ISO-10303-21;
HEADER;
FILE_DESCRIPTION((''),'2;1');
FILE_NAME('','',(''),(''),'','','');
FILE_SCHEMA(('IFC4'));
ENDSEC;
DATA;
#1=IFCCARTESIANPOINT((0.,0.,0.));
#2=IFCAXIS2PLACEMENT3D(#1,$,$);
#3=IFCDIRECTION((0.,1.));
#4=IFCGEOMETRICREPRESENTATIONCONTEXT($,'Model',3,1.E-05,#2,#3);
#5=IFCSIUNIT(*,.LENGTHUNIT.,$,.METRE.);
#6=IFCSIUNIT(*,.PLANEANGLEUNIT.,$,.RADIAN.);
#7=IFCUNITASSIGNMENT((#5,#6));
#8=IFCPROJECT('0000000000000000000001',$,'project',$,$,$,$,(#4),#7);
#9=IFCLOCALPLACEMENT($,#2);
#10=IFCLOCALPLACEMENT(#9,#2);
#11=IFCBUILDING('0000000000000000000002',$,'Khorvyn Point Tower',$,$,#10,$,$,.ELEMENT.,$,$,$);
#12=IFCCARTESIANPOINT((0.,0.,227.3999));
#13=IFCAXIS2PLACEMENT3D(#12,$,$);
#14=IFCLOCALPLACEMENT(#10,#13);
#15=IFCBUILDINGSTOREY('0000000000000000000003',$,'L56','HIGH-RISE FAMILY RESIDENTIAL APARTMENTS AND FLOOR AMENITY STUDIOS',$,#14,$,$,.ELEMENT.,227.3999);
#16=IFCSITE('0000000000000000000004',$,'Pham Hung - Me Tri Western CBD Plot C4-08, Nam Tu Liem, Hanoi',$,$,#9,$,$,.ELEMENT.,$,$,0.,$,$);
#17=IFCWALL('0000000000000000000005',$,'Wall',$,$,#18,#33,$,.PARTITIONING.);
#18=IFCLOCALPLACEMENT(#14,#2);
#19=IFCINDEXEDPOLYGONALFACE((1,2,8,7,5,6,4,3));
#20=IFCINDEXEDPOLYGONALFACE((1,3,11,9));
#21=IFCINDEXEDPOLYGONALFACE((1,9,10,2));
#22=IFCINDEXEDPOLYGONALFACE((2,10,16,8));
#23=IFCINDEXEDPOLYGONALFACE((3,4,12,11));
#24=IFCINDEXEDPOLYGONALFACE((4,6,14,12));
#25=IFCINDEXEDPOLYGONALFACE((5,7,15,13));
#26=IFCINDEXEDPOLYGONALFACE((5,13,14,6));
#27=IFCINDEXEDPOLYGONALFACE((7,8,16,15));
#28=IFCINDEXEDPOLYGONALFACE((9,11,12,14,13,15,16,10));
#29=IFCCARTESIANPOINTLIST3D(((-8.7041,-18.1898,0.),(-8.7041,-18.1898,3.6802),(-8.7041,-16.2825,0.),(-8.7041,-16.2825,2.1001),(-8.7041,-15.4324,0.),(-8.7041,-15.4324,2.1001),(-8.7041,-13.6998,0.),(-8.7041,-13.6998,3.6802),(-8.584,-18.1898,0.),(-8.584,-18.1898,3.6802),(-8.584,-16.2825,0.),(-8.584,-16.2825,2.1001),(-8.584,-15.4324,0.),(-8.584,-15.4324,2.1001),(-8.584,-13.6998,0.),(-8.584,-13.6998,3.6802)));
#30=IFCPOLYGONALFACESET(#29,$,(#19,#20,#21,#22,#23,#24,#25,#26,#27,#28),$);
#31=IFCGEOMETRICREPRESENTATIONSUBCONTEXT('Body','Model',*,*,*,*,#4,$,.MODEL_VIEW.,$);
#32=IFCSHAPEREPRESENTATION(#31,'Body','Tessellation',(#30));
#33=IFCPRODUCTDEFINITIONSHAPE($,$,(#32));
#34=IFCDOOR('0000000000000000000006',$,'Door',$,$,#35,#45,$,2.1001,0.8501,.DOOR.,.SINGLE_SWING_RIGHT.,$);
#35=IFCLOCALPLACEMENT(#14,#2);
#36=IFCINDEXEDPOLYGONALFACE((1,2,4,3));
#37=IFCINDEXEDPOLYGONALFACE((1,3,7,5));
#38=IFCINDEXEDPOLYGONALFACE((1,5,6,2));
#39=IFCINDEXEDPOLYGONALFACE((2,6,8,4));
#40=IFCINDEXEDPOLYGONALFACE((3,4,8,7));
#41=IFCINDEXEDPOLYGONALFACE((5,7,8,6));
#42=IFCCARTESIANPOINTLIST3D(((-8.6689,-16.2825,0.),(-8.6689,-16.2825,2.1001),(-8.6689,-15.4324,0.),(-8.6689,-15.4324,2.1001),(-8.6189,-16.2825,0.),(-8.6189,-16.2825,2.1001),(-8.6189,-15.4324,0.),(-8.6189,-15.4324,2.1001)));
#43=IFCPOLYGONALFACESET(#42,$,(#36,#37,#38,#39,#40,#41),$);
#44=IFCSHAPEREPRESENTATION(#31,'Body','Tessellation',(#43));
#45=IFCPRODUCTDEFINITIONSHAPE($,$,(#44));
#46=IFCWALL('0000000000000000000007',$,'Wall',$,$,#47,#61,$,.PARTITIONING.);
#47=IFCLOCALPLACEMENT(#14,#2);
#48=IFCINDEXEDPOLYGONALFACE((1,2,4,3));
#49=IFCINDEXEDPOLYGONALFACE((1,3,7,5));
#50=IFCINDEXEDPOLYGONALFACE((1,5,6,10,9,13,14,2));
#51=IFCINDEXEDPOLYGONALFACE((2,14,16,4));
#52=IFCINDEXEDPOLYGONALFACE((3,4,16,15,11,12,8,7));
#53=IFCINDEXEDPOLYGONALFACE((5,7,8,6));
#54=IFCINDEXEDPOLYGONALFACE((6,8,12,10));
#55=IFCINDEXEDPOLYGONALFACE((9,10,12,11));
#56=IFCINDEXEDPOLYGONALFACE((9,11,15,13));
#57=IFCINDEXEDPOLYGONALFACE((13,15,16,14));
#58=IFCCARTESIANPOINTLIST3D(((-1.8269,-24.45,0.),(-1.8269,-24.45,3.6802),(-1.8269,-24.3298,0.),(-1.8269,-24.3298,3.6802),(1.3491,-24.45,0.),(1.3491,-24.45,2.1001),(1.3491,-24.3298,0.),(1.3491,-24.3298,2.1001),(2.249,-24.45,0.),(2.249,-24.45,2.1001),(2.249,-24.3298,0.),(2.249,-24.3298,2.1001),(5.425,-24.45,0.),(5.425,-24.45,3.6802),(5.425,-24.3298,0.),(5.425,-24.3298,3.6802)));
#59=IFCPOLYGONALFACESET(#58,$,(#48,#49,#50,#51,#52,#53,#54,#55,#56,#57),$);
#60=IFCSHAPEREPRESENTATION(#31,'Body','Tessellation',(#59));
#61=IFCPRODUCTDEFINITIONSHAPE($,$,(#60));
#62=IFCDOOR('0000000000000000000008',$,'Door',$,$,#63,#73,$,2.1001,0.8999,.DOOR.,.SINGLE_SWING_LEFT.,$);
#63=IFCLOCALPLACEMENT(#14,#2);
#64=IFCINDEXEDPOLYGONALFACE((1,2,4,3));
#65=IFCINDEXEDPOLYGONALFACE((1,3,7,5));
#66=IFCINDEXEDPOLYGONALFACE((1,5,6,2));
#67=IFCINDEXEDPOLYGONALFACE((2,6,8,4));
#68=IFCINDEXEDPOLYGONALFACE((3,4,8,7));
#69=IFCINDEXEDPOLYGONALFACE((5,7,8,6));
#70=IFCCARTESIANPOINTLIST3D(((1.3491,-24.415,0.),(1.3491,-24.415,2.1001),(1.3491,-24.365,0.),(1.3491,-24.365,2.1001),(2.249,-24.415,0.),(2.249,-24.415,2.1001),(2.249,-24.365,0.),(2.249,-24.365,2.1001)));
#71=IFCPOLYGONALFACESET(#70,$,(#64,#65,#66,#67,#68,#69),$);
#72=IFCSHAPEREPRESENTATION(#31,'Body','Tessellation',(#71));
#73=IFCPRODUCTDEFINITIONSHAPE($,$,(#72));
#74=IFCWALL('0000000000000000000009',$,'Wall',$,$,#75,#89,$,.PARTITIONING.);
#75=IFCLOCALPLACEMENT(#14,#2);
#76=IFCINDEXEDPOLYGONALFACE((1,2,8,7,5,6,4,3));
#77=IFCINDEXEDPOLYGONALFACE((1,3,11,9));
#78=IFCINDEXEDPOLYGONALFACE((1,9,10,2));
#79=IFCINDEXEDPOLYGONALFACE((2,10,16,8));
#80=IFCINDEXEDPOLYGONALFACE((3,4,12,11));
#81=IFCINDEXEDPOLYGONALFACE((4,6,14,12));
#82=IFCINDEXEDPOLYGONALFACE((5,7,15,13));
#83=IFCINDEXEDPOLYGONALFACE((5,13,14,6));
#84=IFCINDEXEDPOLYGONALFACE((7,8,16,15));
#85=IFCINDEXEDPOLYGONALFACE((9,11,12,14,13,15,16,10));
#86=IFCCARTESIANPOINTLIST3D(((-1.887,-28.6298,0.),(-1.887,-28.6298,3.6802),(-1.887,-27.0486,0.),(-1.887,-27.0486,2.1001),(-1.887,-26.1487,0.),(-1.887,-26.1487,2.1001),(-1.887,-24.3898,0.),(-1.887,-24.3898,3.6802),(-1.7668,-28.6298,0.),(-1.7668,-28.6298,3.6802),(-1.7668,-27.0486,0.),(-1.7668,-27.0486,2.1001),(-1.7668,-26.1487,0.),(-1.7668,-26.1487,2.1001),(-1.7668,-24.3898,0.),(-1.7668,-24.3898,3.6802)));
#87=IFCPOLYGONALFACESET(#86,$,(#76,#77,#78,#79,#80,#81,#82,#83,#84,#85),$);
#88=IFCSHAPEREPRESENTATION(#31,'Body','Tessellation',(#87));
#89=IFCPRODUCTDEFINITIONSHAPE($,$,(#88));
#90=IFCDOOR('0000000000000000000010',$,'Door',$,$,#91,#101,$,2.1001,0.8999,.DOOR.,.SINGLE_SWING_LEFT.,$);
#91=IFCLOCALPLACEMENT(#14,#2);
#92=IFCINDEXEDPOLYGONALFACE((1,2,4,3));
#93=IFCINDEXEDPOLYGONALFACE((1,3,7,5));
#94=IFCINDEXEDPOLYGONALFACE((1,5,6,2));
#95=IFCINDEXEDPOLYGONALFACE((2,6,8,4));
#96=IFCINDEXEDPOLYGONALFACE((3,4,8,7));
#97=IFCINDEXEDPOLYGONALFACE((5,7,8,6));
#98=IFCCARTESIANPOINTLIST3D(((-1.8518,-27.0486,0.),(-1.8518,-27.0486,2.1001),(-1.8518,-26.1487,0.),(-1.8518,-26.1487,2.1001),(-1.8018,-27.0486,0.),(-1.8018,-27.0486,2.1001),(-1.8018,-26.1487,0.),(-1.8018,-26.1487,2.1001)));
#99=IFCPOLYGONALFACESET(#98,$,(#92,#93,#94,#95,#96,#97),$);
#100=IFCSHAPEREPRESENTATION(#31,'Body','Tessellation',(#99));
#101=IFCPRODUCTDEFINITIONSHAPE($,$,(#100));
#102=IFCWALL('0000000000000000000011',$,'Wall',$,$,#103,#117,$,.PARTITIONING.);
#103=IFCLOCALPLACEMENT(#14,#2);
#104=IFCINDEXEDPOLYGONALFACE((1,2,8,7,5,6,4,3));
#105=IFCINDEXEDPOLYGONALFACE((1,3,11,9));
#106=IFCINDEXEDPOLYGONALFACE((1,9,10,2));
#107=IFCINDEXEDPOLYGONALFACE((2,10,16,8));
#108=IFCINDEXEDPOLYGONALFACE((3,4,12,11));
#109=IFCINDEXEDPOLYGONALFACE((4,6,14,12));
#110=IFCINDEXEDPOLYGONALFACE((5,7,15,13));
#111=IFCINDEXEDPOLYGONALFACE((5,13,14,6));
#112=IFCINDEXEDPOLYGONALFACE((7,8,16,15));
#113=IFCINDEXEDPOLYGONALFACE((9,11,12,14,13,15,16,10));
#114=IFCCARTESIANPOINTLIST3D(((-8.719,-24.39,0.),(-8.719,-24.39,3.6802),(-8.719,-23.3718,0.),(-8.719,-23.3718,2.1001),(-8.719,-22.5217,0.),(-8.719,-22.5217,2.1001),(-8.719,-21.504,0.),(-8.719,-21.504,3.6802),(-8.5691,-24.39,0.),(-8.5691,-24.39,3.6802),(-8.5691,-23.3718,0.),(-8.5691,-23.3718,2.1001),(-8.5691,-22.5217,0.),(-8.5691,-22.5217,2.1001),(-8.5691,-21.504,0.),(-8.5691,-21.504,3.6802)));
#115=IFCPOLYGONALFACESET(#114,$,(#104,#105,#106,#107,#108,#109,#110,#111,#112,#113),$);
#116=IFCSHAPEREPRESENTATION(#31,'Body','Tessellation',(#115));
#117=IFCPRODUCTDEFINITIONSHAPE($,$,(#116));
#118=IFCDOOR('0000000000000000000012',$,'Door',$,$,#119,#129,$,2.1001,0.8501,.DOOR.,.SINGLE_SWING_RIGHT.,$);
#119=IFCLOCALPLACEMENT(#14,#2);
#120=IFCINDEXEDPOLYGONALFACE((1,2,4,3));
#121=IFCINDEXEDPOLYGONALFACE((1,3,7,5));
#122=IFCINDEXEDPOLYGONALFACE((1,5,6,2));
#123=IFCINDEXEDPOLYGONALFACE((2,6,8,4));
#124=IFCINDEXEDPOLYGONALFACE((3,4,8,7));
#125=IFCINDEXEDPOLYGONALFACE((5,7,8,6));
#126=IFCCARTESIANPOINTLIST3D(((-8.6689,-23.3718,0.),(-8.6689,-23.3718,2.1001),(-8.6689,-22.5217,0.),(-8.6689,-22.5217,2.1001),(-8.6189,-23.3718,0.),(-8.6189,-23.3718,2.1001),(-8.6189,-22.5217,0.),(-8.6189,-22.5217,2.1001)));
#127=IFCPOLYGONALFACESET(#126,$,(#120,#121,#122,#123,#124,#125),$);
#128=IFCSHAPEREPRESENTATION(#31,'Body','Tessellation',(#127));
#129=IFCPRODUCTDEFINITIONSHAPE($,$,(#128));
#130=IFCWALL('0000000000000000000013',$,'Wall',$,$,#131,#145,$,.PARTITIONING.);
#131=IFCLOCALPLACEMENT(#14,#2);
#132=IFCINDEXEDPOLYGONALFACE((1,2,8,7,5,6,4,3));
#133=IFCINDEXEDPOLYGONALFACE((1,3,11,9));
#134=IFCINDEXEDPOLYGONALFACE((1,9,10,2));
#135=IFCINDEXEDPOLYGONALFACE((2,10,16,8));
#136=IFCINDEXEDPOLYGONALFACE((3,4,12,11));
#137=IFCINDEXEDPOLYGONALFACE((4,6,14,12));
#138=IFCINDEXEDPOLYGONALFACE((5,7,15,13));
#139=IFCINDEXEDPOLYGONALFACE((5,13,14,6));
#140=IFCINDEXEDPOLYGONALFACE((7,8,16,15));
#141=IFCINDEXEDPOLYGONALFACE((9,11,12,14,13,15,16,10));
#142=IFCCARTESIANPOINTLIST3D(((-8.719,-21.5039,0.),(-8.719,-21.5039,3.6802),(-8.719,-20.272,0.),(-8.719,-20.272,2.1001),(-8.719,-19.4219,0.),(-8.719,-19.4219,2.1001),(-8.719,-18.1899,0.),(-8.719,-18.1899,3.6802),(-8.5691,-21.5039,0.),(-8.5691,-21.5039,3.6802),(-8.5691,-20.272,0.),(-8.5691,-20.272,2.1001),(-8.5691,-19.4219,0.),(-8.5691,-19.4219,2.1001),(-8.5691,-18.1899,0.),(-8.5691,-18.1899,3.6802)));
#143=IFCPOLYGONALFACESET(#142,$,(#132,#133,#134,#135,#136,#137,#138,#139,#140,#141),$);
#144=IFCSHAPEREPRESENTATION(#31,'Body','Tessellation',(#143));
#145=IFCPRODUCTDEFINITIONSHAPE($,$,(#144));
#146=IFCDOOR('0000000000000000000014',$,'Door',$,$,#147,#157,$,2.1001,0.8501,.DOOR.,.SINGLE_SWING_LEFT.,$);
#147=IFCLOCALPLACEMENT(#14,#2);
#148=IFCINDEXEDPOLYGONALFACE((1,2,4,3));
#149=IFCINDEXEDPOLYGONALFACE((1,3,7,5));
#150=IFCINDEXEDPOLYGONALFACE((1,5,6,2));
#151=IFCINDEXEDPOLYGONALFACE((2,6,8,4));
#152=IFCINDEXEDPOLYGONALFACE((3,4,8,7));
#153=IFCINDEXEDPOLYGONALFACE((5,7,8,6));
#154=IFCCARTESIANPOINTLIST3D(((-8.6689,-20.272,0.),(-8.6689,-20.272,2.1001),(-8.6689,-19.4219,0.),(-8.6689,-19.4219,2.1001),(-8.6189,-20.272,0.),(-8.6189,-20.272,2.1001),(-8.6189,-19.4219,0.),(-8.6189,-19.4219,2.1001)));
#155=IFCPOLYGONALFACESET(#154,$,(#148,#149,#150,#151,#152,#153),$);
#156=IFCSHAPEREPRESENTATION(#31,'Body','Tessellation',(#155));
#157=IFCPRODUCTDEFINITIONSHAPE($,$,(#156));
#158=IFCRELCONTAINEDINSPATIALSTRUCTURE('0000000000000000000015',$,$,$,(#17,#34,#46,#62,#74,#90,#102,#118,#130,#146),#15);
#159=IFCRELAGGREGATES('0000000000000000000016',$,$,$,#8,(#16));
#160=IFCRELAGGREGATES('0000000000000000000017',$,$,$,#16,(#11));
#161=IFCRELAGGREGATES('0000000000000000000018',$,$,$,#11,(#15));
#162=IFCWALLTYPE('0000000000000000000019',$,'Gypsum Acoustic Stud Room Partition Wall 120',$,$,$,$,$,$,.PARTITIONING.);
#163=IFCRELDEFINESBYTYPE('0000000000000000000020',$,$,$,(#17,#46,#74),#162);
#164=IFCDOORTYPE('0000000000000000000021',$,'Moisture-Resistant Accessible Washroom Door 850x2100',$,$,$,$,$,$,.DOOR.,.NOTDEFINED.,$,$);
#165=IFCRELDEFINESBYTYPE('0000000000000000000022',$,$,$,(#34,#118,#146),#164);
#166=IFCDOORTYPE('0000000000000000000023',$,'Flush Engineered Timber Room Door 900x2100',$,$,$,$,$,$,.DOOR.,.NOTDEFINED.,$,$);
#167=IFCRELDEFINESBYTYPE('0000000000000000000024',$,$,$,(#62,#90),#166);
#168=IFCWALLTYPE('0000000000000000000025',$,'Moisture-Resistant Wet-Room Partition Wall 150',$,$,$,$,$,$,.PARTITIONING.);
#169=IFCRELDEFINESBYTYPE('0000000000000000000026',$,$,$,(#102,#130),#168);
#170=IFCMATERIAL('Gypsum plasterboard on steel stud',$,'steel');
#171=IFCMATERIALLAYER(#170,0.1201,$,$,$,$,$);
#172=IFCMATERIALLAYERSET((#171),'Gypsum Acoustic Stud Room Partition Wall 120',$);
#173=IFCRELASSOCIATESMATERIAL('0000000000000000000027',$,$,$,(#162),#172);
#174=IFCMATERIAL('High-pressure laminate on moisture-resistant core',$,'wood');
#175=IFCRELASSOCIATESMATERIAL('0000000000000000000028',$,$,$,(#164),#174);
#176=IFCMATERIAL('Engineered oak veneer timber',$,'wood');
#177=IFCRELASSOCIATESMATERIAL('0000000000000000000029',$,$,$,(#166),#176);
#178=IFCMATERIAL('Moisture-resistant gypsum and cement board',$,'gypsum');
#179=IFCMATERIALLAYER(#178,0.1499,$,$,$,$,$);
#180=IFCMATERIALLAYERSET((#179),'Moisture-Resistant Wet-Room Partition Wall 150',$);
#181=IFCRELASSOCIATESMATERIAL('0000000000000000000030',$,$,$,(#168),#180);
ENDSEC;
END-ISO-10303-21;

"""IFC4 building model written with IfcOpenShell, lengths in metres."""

from ifc_helpers import new_model, si_unit, direction, frame, frame_2d, origin, place, context, subcontext, project, spatial, rectangle, extrude, material, layer, layer_set, type_object, element, fill, save


model = new_model("IFC4")

# Units and contexts
model_context = context("Model", 3, precision=1e-05, world=origin(), true_north=direction((0.0, 1.0)))
body_context = subcontext(model_context, "Body", "Model", "MODEL_VIEW")
ifc_project = project(units=[si_unit("LENGTHUNIT", "METRE"), si_unit("PLANEANGLEUNIT", "RADIAN")], contexts=[model_context])

# Site, building, storey
site_placement = place(None, origin())
site = spatial("IfcSite", under=ifc_project, at=site_placement, Name="Pham Hung - Me Tri Western CBD Plot C4-08, Nam Tu Liem, Hanoi", CompositionType="ELEMENT", RefElevation=0.0)
building_placement = place(site_placement, origin())
building = spatial("IfcBuilding", under=site, at=building_placement, Name="Khorvyn Point Tower", CompositionType="ELEMENT")
storey_placement = place(building_placement, frame((0.0, 0.0, 227.3999)))
storey = spatial("IfcBuildingStorey", under=building, at=storey_placement, Name="L56", Description="HIGH-RISE FAMILY RESIDENTIAL APARTMENTS AND FLOOR AMENITY STUDIOS", CompositionType="ELEMENT", Elevation=227.3999)

# Walls, openings, doors
ifc_material_1 = material(Name="Gypsum plasterboard on steel stud", Category="steel")
ifc_layer_1 = layer(ifc_material_1, 0.1201)
ifc_layer_set_1 = layer_set([ifc_layer_1], Name="Gypsum Acoustic Stud Room Partition Wall 120")
wall_type_1 = type_object("IfcWallType", Name="Gypsum Acoustic Stud Room Partition Wall 120", PredefinedType="PARTITIONING", material=ifc_layer_set_1)
wall_1_placement = place(storey_placement, frame((-8.644, -18.1899, 0.0), z_axis=(0.0, 0.0, 1.0), x_axis=(0.0, 1.0, 0.0)))
wall_1 = element("IfcWall", 1, at=wall_1_placement, inside=storey, type_object=wall_type_1, Name="Wall", PredefinedType="PARTITIONING", context=body_context, shape_type="SweptSolid", body=[
    extrude(rectangle(XDim=4.49, YDim=0.1201, at=frame_2d((2.2451, 0.0))), origin(), (0.0, 0.0, 1.0), 3.6802),
])
opening_1_placement = place(wall_1_placement, frame((1.9075, 0.0, 0.0)))
opening_1 = element("IfcOpeningElement", 2, at=opening_1_placement, cuts=wall_1, PredefinedType="OPENING", context=body_context, shape_type="SweptSolid", body=[
    extrude(rectangle(XDim=0.8501, YDim=2.1001, at=frame_2d((0.425, 1.05))), frame((0.0, 0.0701, 0.0), z_axis=(0.0, -1.0, 0.0), x_axis=(1.0, 0.0, 0.0)), (0.0, 0.0, 1.0), 0.1401),
])
ifc_material_2 = material(Name="High-pressure laminate on moisture-resistant core", Category="wood")
door_type_1 = type_object("IfcDoorType", Name="Moisture-Resistant Accessible Washroom Door 850x2100", OperationType="NOTDEFINED", PredefinedType="DOOR", material=ifc_material_2)
door_1_placement = place(opening_1_placement, origin())
door_1 = element("IfcDoor", 3, at=door_1_placement, inside=storey, type_object=door_type_1, Name="Door", OperationType="SINGLE_SWING_RIGHT", OverallHeight=2.1001, OverallWidth=0.8501, PredefinedType="DOOR", context=body_context, shape_type="SweptSolid", body=[
    extrude(rectangle(XDim=0.8501, YDim=2.1001, at=frame_2d((0.425, 1.05))), frame((0.0, 0.0249, 0.0), z_axis=(0.0, -1.0, 0.0), x_axis=(1.0, 0.0, 0.0)), (0.0, 0.0, 1.0), 0.05),
])
fill(opening_1, door_1)
wall_2_placement = place(storey_placement, frame((-1.8269, -24.3899, 0.0), z_axis=(0.0, 0.0, 1.0), x_axis=(1.0, 0.0, 0.0)))
wall_2 = element("IfcWall", 4, at=wall_2_placement, inside=storey, type_object=wall_type_1, Name="Wall", PredefinedType="PARTITIONING", context=body_context, shape_type="SweptSolid", body=[
    extrude(rectangle(XDim=7.252, YDim=0.1201, at=frame_2d((3.626, 0.0))), origin(), (0.0, 0.0, 1.0), 3.6802),
])
opening_2_placement = place(wall_2_placement, frame((3.176, 0.0, 0.0)))
opening_2 = element("IfcOpeningElement", 5, at=opening_2_placement, cuts=wall_2, PredefinedType="OPENING", context=body_context, shape_type="SweptSolid", body=[
    extrude(rectangle(XDim=0.8999, YDim=2.1001, at=frame_2d((0.45, 1.05))), frame((0.0, 0.0701, 0.0), z_axis=(0.0, -1.0, 0.0), x_axis=(1.0, 0.0, 0.0)), (0.0, 0.0, 1.0), 0.1401),
])
ifc_material_3 = material(Name="Engineered oak veneer timber", Category="wood")
door_type_2 = type_object("IfcDoorType", Name="Flush Engineered Timber Room Door 900x2100", OperationType="NOTDEFINED", PredefinedType="DOOR", material=ifc_material_3)
door_2_placement = place(opening_2_placement, origin())
door_2 = element("IfcDoor", 6, at=door_2_placement, inside=storey, type_object=door_type_2, Name="Door", OperationType="SINGLE_SWING_LEFT", OverallHeight=2.1001, OverallWidth=0.8999, PredefinedType="DOOR", context=body_context, shape_type="SweptSolid", body=[
    extrude(rectangle(XDim=0.8999, YDim=2.1001, at=frame_2d((0.45, 1.05))), frame((0.0, 0.0249, 0.0), z_axis=(0.0, -1.0, 0.0), x_axis=(1.0, 0.0, 0.0)), (0.0, 0.0, 1.0), 0.05),
])
fill(opening_2, door_2)
wall_3_placement = place(storey_placement, frame((-1.8269, -28.6299, 0.0), z_axis=(0.0, 0.0, 1.0), x_axis=(0.0, 1.0, 0.0)))
wall_3 = element("IfcWall", 7, at=wall_3_placement, inside=storey, type_object=wall_type_1, Name="Wall", PredefinedType="PARTITIONING", context=body_context, shape_type="SweptSolid", body=[
    extrude(rectangle(XDim=4.24, YDim=0.1201, at=frame_2d((2.1201, 0.0))), origin(), (0.0, 0.0, 1.0), 3.6802),
])
opening_3_placement = place(wall_3_placement, frame((1.5813, 0.0, 0.0)))
opening_3 = element("IfcOpeningElement", 8, at=opening_3_placement, cuts=wall_3, PredefinedType="OPENING", context=body_context, shape_type="SweptSolid", body=[
    extrude(rectangle(XDim=0.8999, YDim=2.1001, at=frame_2d((0.45, 1.05))), frame((0.0, 0.0701, 0.0), z_axis=(0.0, -1.0, 0.0), x_axis=(1.0, 0.0, 0.0)), (0.0, 0.0, 1.0), 0.1401),
])
door_3_placement = place(opening_3_placement, origin())
door_3 = element("IfcDoor", 9, at=door_3_placement, inside=storey, type_object=door_type_2, Name="Door", OperationType="SINGLE_SWING_LEFT", OverallHeight=2.1001, OverallWidth=0.8999, PredefinedType="DOOR", context=body_context, shape_type="SweptSolid", body=[
    extrude(rectangle(XDim=0.8999, YDim=2.1001, at=frame_2d((0.45, 1.05))), frame((0.0, 0.0249, 0.0), z_axis=(0.0, -1.0, 0.0), x_axis=(1.0, 0.0, 0.0)), (0.0, 0.0, 1.0), 0.05),
])
fill(opening_3, door_3)
ifc_material_4 = material(Name="Moisture-resistant gypsum and cement board", Category="gypsum")
ifc_layer_2 = layer(ifc_material_4, 0.1499)
ifc_layer_set_2 = layer_set([ifc_layer_2], Name="Moisture-Resistant Wet-Room Partition Wall 150")
wall_type_2 = type_object("IfcWallType", Name="Moisture-Resistant Wet-Room Partition Wall 150", PredefinedType="PARTITIONING", material=ifc_layer_set_2)
wall_4_placement = place(storey_placement, frame((-8.644, -24.3899, 0.0), z_axis=(0.0, 0.0, 1.0), x_axis=(0.0, 1.0, 0.0)))
wall_4 = element("IfcWall", 10, at=wall_4_placement, inside=storey, type_object=wall_type_2, Name="Wall", PredefinedType="PARTITIONING", context=body_context, shape_type="SweptSolid", body=[
    extrude(rectangle(XDim=2.886, YDim=0.1499, at=frame_2d((1.4429, 0.0))), origin(), (0.0, 0.0, 1.0), 3.6802),
])
opening_4_placement = place(wall_4_placement, frame((1.0181, 0.0, 0.0)))
opening_4 = element("IfcOpeningElement", 11, at=opening_4_placement, cuts=wall_4, PredefinedType="OPENING", context=body_context, shape_type="SweptSolid", body=[
    extrude(rectangle(XDim=0.8501, YDim=2.1001, at=frame_2d((0.425, 1.05))), frame((0.0, 0.085, 0.0), z_axis=(0.0, -1.0, 0.0), x_axis=(1.0, 0.0, 0.0)), (0.0, 0.0, 1.0), 0.1699),
])
door_4_placement = place(opening_4_placement, origin())
door_4 = element("IfcDoor", 12, at=door_4_placement, inside=storey, type_object=door_type_1, Name="Door", OperationType="SINGLE_SWING_RIGHT", OverallHeight=2.1001, OverallWidth=0.8501, PredefinedType="DOOR", context=body_context, shape_type="SweptSolid", body=[
    extrude(rectangle(XDim=0.8501, YDim=2.1001, at=frame_2d((0.425, 1.05))), frame((0.0, 0.0249, 0.0), z_axis=(0.0, -1.0, 0.0), x_axis=(1.0, 0.0, 0.0)), (0.0, 0.0, 1.0), 0.05),
])
fill(opening_4, door_4)
wall_5_placement = place(storey_placement, frame((-8.644, -21.5039, 0.0), z_axis=(0.0, 0.0, 1.0), x_axis=(0.0, 1.0, 0.0)))
wall_5 = element("IfcWall", 13, at=wall_5_placement, inside=storey, type_object=wall_type_2, Name="Wall", PredefinedType="PARTITIONING", context=body_context, shape_type="SweptSolid", body=[
    extrude(rectangle(XDim=3.314, YDim=0.1499, at=frame_2d((1.657, 0.0))), origin(), (0.0, 0.0, 1.0), 3.6802),
])
opening_5_placement = place(wall_5_placement, frame((1.2319, 0.0, 0.0)))
opening_5 = element("IfcOpeningElement", 14, at=opening_5_placement, cuts=wall_5, PredefinedType="OPENING", context=body_context, shape_type="SweptSolid", body=[
    extrude(rectangle(XDim=0.8501, YDim=2.1001, at=frame_2d((0.425, 1.05))), frame((0.0, 0.085, 0.0), z_axis=(0.0, -1.0, 0.0), x_axis=(1.0, 0.0, 0.0)), (0.0, 0.0, 1.0), 0.1699),
])
door_5_placement = place(opening_5_placement, origin())
door_5 = element("IfcDoor", 15, at=door_5_placement, inside=storey, type_object=door_type_1, Name="Door", OperationType="SINGLE_SWING_LEFT", OverallHeight=2.1001, OverallWidth=0.8501, PredefinedType="DOOR", context=body_context, shape_type="SweptSolid", body=[
    extrude(rectangle(XDim=0.8501, YDim=2.1001, at=frame_2d((0.425, 1.05))), frame((0.0, 0.0249, 0.0), z_axis=(0.0, -1.0, 0.0), x_axis=(1.0, 0.0, 0.0)), (0.0, 0.0, 1.0), 0.05),
])
fill(opening_5, door_5)

save(model, "model.ifc")
